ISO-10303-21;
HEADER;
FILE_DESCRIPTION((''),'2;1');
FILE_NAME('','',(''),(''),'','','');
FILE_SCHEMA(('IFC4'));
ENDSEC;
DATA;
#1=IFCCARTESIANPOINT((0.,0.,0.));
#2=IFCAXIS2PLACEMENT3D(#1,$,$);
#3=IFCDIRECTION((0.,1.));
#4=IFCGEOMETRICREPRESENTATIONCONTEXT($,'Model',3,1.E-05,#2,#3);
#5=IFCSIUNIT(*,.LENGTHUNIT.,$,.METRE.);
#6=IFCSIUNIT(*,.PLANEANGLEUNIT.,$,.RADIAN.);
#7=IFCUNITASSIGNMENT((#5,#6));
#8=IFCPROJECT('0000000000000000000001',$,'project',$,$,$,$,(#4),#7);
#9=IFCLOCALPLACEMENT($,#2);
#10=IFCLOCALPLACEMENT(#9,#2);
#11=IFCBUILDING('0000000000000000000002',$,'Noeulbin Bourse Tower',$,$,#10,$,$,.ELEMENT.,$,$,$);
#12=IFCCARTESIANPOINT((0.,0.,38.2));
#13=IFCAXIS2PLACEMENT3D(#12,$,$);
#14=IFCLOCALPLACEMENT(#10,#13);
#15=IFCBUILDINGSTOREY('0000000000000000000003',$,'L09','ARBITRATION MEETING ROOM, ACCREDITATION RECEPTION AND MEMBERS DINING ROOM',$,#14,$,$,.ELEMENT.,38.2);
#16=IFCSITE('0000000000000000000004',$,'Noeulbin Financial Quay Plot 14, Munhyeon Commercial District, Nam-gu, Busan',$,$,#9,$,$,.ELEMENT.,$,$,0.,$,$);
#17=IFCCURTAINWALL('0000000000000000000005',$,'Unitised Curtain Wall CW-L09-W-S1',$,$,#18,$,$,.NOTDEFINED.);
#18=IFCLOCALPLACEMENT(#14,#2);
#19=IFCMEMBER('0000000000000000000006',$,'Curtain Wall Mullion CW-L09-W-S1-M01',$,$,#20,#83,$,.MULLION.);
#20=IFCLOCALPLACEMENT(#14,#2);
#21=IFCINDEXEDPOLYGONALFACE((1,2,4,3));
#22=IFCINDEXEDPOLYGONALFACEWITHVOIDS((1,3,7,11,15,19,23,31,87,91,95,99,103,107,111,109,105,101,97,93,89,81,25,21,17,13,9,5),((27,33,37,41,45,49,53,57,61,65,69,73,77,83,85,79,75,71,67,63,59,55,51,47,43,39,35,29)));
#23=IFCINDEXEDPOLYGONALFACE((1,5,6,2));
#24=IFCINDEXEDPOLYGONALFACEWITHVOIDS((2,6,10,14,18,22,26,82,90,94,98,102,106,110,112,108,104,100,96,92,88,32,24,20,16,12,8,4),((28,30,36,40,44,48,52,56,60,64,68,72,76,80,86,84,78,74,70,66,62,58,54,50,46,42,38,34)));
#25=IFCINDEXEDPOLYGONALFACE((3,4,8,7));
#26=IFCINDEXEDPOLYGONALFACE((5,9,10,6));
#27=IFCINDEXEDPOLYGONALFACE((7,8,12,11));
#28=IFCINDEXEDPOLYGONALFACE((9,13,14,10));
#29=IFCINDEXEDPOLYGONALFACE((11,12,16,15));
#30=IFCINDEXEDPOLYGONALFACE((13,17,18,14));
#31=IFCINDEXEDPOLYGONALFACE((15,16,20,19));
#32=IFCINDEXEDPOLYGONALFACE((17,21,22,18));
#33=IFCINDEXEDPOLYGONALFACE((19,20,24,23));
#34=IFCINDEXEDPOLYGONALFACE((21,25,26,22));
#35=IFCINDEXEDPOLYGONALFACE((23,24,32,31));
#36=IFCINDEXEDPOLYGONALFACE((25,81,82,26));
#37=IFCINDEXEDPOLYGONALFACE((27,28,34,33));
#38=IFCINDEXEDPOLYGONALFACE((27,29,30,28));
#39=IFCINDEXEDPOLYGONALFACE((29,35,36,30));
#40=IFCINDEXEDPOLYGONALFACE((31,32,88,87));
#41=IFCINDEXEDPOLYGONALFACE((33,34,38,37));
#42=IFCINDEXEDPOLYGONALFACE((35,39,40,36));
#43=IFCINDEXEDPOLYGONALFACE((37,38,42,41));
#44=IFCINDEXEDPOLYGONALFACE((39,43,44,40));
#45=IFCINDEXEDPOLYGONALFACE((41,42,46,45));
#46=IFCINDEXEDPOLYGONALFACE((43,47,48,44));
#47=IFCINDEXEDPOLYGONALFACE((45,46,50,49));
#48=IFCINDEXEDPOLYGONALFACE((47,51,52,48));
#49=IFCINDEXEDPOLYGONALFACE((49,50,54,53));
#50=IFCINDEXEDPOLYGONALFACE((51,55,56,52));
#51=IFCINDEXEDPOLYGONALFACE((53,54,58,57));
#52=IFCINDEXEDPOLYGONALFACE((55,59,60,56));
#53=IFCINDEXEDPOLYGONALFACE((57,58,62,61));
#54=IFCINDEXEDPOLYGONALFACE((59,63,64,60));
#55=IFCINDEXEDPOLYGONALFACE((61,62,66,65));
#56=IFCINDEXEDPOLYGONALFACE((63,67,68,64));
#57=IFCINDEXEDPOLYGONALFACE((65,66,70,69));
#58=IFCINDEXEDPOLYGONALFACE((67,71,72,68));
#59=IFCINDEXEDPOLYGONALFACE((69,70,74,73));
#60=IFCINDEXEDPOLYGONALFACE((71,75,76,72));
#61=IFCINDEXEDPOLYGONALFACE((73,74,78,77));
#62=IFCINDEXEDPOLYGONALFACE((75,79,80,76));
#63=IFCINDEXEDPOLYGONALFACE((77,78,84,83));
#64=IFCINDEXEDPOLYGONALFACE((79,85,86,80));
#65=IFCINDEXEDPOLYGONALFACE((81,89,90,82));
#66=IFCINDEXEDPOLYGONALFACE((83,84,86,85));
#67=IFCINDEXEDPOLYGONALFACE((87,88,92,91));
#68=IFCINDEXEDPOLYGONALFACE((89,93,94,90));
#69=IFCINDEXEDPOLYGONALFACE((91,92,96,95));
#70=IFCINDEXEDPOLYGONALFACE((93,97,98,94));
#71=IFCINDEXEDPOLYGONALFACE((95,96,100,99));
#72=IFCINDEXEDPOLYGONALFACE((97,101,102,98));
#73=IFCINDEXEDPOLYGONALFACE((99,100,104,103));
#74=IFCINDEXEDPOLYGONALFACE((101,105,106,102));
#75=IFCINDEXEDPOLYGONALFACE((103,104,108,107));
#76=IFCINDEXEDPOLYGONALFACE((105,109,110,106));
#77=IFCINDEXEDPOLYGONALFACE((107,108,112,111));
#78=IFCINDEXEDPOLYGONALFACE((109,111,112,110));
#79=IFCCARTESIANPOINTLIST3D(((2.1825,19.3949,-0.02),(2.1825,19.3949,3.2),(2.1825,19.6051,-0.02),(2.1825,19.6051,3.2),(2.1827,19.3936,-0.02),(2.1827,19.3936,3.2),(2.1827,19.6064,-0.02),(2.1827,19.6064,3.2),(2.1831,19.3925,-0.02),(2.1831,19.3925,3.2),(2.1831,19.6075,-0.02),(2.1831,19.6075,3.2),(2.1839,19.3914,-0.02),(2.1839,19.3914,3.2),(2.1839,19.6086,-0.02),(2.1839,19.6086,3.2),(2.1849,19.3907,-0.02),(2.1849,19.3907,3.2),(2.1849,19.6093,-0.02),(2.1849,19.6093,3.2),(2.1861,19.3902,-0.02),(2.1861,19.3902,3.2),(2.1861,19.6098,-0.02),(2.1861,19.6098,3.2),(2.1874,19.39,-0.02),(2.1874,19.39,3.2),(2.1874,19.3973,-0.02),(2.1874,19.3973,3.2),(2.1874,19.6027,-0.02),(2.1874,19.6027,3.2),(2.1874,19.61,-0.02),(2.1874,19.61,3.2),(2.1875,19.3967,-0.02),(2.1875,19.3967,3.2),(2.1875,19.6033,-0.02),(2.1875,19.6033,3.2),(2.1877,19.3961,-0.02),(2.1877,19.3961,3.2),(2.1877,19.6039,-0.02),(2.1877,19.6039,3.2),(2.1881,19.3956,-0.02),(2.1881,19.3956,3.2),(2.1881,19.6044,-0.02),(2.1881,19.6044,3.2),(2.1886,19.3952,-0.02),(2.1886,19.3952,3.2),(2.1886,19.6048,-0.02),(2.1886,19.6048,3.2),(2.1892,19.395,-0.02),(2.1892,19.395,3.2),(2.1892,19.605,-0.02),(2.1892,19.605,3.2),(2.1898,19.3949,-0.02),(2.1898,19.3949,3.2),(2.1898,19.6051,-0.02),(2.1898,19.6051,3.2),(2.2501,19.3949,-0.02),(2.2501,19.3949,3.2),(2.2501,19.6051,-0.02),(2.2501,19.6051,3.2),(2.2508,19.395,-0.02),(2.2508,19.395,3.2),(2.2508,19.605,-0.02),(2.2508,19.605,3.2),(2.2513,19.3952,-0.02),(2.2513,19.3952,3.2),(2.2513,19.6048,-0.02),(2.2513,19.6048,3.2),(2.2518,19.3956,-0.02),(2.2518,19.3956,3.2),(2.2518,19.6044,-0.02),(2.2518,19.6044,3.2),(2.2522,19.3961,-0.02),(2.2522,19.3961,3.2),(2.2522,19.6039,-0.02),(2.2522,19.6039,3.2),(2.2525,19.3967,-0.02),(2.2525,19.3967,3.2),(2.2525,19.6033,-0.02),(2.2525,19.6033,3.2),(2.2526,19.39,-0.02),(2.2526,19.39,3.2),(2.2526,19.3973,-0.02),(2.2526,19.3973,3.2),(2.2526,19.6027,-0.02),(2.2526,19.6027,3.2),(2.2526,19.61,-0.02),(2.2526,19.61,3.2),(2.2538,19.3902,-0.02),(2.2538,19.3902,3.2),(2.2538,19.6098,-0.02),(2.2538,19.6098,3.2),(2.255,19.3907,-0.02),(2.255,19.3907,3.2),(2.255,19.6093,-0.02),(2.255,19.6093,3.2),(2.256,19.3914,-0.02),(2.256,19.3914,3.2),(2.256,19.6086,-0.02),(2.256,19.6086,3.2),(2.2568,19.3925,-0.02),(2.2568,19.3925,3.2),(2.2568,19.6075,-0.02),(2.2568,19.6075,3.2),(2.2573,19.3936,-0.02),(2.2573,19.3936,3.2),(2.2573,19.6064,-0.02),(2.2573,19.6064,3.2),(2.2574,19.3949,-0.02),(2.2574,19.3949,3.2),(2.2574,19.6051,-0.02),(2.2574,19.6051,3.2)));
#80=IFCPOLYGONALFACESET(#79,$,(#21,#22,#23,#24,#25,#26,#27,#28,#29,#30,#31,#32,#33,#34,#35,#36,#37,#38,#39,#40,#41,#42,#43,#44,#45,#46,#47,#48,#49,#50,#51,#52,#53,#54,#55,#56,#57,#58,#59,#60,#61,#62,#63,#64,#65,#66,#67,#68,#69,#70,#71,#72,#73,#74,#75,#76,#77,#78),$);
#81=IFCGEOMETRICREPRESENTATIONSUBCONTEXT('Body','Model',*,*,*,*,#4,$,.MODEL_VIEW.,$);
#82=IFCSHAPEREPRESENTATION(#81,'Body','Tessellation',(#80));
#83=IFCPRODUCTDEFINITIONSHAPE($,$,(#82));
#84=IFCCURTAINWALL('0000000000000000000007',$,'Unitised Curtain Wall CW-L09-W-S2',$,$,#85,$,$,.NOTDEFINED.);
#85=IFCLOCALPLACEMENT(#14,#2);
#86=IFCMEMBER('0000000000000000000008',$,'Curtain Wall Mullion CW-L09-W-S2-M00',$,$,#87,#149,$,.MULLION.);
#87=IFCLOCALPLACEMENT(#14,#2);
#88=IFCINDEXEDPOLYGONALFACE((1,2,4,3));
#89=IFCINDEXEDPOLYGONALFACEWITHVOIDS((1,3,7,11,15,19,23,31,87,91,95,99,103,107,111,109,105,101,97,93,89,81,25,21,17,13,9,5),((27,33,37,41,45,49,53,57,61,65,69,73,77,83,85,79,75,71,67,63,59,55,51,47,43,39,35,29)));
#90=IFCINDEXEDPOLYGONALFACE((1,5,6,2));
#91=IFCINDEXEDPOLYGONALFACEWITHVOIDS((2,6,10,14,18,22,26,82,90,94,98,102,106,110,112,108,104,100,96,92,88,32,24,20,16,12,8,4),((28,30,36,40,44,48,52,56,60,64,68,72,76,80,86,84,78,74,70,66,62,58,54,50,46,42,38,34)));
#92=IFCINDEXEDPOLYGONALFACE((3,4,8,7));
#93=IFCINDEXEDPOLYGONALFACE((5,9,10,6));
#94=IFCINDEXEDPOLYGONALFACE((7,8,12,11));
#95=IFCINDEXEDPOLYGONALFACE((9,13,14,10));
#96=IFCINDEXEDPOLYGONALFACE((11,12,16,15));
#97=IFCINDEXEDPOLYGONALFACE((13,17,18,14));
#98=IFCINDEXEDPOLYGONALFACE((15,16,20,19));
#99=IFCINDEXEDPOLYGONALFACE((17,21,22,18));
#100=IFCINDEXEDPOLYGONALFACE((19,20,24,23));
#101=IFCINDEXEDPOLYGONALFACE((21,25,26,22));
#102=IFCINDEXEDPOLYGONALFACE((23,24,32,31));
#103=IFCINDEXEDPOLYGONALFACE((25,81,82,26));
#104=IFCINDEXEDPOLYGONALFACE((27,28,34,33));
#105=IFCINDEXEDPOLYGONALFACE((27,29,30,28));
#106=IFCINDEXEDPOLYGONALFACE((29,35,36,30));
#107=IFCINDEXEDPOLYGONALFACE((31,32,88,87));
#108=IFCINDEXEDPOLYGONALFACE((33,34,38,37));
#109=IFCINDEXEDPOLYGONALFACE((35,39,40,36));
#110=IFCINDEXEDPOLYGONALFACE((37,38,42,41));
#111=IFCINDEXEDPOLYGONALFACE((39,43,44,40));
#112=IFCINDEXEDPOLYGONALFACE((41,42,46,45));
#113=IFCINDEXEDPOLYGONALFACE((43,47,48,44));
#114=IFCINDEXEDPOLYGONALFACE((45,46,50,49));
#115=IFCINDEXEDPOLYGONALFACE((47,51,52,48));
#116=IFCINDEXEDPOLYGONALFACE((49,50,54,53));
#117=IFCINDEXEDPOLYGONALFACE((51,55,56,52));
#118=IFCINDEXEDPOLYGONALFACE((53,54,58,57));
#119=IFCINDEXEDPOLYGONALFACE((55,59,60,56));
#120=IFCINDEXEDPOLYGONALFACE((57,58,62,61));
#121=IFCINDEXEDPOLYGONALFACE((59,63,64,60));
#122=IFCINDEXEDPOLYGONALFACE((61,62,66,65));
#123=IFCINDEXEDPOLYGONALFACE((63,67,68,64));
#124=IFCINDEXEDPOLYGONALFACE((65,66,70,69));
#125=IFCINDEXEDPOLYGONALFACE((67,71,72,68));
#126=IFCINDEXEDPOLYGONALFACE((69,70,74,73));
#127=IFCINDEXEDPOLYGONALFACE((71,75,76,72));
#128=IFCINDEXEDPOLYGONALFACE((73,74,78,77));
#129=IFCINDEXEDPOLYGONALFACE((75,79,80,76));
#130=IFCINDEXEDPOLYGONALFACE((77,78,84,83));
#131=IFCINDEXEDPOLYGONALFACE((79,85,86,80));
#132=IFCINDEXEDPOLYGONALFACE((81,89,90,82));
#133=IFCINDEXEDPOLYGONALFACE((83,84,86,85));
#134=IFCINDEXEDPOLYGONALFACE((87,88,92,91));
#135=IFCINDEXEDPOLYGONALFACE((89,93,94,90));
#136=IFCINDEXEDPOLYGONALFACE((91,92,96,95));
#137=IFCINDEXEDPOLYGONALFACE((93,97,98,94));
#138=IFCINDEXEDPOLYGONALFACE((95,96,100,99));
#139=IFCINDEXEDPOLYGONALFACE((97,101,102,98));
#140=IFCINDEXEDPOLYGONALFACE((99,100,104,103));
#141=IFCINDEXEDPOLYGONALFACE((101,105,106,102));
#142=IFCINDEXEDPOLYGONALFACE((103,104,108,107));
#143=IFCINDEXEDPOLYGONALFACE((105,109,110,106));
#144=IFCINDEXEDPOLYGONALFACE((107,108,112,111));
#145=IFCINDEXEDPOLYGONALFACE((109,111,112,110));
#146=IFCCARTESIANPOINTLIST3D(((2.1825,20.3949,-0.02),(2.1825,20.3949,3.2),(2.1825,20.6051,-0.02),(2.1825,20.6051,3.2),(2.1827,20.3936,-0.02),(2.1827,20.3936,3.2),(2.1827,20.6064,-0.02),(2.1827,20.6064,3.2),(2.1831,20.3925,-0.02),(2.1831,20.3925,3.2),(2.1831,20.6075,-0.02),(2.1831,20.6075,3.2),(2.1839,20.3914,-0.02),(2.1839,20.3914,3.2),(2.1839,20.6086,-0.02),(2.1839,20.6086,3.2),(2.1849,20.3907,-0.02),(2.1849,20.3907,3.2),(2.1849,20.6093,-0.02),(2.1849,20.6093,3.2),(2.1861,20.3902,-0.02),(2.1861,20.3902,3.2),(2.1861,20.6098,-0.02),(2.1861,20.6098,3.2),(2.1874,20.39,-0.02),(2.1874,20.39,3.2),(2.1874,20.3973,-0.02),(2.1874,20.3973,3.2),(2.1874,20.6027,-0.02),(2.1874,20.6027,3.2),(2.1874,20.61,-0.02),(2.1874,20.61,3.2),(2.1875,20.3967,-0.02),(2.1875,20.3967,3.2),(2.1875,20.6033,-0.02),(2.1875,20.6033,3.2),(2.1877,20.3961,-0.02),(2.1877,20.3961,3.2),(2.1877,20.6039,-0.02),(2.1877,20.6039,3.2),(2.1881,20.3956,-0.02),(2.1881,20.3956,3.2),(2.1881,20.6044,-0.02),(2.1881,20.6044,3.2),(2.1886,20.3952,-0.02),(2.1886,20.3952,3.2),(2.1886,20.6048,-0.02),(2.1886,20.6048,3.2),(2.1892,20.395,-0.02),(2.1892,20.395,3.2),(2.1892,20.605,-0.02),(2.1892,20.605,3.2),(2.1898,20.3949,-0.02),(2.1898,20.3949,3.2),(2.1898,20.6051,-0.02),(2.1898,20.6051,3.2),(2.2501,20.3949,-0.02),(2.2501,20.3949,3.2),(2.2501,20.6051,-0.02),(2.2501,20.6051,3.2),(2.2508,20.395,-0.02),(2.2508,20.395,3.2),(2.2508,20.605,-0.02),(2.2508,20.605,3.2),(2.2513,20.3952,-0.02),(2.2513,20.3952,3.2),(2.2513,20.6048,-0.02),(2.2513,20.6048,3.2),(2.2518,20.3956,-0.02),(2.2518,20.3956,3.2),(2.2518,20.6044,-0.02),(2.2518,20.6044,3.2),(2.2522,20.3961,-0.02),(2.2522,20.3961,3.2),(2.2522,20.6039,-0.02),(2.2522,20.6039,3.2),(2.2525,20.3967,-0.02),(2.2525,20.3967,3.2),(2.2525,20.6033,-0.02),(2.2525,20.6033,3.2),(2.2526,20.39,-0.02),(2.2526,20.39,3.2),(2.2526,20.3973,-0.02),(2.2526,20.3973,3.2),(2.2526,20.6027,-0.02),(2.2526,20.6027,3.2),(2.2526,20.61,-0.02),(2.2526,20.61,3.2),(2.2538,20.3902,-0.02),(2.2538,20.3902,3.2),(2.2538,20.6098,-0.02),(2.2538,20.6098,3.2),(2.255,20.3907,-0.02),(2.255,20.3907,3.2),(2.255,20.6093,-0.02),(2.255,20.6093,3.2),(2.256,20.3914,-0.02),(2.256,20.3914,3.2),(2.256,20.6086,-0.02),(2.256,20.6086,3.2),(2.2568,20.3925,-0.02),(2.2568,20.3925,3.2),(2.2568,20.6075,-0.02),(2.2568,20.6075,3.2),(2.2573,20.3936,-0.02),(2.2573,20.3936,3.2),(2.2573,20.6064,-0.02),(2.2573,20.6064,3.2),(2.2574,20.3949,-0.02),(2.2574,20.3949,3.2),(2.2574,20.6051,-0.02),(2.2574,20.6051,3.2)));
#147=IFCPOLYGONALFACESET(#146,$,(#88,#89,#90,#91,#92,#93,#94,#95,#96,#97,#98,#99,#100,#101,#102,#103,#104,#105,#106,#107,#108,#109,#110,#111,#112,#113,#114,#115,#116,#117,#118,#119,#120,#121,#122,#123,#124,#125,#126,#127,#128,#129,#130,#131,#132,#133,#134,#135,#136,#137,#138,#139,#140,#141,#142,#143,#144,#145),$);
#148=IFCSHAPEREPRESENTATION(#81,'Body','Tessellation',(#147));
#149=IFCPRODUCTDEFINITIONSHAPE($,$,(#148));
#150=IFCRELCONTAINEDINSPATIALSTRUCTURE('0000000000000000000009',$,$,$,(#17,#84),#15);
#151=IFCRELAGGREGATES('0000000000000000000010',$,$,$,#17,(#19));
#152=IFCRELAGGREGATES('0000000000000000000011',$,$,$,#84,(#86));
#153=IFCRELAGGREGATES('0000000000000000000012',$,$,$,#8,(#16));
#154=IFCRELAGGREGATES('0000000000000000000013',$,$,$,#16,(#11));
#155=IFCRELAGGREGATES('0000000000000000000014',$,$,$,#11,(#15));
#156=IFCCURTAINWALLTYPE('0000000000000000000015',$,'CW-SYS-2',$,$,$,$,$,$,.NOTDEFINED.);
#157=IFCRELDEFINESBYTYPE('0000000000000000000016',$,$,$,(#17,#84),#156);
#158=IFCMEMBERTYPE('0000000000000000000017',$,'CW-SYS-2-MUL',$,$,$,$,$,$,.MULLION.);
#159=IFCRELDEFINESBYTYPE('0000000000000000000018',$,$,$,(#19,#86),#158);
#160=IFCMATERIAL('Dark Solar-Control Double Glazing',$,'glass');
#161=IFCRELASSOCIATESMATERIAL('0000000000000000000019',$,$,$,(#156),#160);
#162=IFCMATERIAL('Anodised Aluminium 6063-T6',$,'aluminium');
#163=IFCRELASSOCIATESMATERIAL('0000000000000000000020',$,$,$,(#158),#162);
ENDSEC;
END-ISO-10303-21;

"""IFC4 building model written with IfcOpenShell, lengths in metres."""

from ifc_helpers import new_model, si_unit, direction, frame, origin, origin_2d, place, context, subcontext, project, spatial, hollow_rectangle, extrude, material, material_profile, profile_set, type_object, element, aggregate, save


model = new_model("IFC4")

# Units and contexts
model_context = context("Model", 3, precision=1e-05, world=origin(), true_north=direction((0.0, 1.0)))
body_context = subcontext(model_context, "Body", "Model", "MODEL_VIEW")
ifc_project = project(units=[si_unit("LENGTHUNIT", "METRE"), si_unit("PLANEANGLEUNIT", "RADIAN")], contexts=[model_context])

# Site, building, storey
site_placement = place(None, origin())
site = spatial("IfcSite", under=ifc_project, at=site_placement, Name="Noeulbin Financial Quay Plot 14, Munhyeon Commercial District, Nam-gu, Busan", CompositionType="ELEMENT", RefElevation=0.0)
building_placement = place(site_placement, origin())
building = spatial("IfcBuilding", under=site, at=building_placement, Name="Noeulbin Bourse Tower", CompositionType="ELEMENT")
storey_placement = place(building_placement, frame((0.0, 0.0, 38.2)))
storey = spatial("IfcBuildingStorey", under=building, at=storey_placement, Name="L09", Description="ARBITRATION MEETING ROOM, ACCREDITATION RECEPTION AND MEMBERS DINING ROOM", CompositionType="ELEMENT", Elevation=38.2)

# Curtain wall, member
ifc_material_1 = material(Name="Dark Solar-Control Double Glazing", Category="glass")
curtain_wall_type = type_object("IfcCurtainWallType", Name="CW-SYS-2", PredefinedType="NOTDEFINED", material=ifc_material_1)
curtain_wall_1_placement = place(storey_placement, origin())
curtain_wall_1 = element("IfcCurtainWall", 1, at=curtain_wall_1_placement, inside=storey, type_object=curtain_wall_type, Name="Unitised Curtain Wall CW-L09-W-S1", PredefinedType="NOTDEFINED")
ifc_material_2 = material(Name="Anodised Aluminium 6063-T6", Category="aluminium")
ifc_material_profile_1 = material_profile(ifc_material_2, hollow_rectangle(XDim=0.075, YDim=0.22, WallThickness=0.0049, InnerFilletRadius=0.0024, OuterFilletRadius=0.0049, at=origin_2d()), Name="ALU-MULL-75x220x5", Category="LoadBearing")
ifc_profile_set_1 = profile_set([ifc_material_profile_1], Name="Anodised Aluminium 6063-T6")
member_type_1 = type_object("IfcMemberType", Name="CW-SYS-2-MUL", PredefinedType="MULLION", material=ifc_profile_set_1)
member_1_placement = place(storey_placement, frame((2.22, 19.5, -0.02), z_axis=(0.0, 0.0, 1.0), x_axis=(1.0, 0.0, 0.0)))
member_1 = element("IfcMember", 2, at=member_1_placement, type_object=member_type_1, Name="Curtain Wall Mullion CW-L09-W-S1-M01", PredefinedType="MULLION", context=body_context, shape_type="SweptSolid", body=[
    extrude(hollow_rectangle(XDim=0.075, YDim=0.22, WallThickness=0.0049, InnerFilletRadius=0.0024, OuterFilletRadius=0.0049, at=origin_2d()), origin(), (0.0, 0.0, 1.0), 3.22),
])

# Curtain wall, member
curtain_wall_2_placement = place(storey_placement, origin())
curtain_wall_2 = element("IfcCurtainWall", 3, at=curtain_wall_2_placement, inside=storey, type_object=curtain_wall_type, Name="Unitised Curtain Wall CW-L09-W-S2", PredefinedType="NOTDEFINED")
member_2_placement = place(storey_placement, frame((2.22, 20.5, -0.02), z_axis=(0.0, 0.0, 1.0), x_axis=(1.0, 0.0, 0.0)))
member_2 = element("IfcMember", 4, at=member_2_placement, type_object=member_type_1, Name="Curtain Wall Mullion CW-L09-W-S2-M00", PredefinedType="MULLION", context=body_context, shape_type="SweptSolid", body=[
    extrude(hollow_rectangle(XDim=0.075, YDim=0.22, WallThickness=0.0049, InnerFilletRadius=0.0024, OuterFilletRadius=0.0049, at=origin_2d()), origin(), (0.0, 0.0, 1.0), 3.22),
])

aggregate(curtain_wall_1, [member_1])
aggregate(curtain_wall_2, [member_2])

save(model, "model.ifc")
